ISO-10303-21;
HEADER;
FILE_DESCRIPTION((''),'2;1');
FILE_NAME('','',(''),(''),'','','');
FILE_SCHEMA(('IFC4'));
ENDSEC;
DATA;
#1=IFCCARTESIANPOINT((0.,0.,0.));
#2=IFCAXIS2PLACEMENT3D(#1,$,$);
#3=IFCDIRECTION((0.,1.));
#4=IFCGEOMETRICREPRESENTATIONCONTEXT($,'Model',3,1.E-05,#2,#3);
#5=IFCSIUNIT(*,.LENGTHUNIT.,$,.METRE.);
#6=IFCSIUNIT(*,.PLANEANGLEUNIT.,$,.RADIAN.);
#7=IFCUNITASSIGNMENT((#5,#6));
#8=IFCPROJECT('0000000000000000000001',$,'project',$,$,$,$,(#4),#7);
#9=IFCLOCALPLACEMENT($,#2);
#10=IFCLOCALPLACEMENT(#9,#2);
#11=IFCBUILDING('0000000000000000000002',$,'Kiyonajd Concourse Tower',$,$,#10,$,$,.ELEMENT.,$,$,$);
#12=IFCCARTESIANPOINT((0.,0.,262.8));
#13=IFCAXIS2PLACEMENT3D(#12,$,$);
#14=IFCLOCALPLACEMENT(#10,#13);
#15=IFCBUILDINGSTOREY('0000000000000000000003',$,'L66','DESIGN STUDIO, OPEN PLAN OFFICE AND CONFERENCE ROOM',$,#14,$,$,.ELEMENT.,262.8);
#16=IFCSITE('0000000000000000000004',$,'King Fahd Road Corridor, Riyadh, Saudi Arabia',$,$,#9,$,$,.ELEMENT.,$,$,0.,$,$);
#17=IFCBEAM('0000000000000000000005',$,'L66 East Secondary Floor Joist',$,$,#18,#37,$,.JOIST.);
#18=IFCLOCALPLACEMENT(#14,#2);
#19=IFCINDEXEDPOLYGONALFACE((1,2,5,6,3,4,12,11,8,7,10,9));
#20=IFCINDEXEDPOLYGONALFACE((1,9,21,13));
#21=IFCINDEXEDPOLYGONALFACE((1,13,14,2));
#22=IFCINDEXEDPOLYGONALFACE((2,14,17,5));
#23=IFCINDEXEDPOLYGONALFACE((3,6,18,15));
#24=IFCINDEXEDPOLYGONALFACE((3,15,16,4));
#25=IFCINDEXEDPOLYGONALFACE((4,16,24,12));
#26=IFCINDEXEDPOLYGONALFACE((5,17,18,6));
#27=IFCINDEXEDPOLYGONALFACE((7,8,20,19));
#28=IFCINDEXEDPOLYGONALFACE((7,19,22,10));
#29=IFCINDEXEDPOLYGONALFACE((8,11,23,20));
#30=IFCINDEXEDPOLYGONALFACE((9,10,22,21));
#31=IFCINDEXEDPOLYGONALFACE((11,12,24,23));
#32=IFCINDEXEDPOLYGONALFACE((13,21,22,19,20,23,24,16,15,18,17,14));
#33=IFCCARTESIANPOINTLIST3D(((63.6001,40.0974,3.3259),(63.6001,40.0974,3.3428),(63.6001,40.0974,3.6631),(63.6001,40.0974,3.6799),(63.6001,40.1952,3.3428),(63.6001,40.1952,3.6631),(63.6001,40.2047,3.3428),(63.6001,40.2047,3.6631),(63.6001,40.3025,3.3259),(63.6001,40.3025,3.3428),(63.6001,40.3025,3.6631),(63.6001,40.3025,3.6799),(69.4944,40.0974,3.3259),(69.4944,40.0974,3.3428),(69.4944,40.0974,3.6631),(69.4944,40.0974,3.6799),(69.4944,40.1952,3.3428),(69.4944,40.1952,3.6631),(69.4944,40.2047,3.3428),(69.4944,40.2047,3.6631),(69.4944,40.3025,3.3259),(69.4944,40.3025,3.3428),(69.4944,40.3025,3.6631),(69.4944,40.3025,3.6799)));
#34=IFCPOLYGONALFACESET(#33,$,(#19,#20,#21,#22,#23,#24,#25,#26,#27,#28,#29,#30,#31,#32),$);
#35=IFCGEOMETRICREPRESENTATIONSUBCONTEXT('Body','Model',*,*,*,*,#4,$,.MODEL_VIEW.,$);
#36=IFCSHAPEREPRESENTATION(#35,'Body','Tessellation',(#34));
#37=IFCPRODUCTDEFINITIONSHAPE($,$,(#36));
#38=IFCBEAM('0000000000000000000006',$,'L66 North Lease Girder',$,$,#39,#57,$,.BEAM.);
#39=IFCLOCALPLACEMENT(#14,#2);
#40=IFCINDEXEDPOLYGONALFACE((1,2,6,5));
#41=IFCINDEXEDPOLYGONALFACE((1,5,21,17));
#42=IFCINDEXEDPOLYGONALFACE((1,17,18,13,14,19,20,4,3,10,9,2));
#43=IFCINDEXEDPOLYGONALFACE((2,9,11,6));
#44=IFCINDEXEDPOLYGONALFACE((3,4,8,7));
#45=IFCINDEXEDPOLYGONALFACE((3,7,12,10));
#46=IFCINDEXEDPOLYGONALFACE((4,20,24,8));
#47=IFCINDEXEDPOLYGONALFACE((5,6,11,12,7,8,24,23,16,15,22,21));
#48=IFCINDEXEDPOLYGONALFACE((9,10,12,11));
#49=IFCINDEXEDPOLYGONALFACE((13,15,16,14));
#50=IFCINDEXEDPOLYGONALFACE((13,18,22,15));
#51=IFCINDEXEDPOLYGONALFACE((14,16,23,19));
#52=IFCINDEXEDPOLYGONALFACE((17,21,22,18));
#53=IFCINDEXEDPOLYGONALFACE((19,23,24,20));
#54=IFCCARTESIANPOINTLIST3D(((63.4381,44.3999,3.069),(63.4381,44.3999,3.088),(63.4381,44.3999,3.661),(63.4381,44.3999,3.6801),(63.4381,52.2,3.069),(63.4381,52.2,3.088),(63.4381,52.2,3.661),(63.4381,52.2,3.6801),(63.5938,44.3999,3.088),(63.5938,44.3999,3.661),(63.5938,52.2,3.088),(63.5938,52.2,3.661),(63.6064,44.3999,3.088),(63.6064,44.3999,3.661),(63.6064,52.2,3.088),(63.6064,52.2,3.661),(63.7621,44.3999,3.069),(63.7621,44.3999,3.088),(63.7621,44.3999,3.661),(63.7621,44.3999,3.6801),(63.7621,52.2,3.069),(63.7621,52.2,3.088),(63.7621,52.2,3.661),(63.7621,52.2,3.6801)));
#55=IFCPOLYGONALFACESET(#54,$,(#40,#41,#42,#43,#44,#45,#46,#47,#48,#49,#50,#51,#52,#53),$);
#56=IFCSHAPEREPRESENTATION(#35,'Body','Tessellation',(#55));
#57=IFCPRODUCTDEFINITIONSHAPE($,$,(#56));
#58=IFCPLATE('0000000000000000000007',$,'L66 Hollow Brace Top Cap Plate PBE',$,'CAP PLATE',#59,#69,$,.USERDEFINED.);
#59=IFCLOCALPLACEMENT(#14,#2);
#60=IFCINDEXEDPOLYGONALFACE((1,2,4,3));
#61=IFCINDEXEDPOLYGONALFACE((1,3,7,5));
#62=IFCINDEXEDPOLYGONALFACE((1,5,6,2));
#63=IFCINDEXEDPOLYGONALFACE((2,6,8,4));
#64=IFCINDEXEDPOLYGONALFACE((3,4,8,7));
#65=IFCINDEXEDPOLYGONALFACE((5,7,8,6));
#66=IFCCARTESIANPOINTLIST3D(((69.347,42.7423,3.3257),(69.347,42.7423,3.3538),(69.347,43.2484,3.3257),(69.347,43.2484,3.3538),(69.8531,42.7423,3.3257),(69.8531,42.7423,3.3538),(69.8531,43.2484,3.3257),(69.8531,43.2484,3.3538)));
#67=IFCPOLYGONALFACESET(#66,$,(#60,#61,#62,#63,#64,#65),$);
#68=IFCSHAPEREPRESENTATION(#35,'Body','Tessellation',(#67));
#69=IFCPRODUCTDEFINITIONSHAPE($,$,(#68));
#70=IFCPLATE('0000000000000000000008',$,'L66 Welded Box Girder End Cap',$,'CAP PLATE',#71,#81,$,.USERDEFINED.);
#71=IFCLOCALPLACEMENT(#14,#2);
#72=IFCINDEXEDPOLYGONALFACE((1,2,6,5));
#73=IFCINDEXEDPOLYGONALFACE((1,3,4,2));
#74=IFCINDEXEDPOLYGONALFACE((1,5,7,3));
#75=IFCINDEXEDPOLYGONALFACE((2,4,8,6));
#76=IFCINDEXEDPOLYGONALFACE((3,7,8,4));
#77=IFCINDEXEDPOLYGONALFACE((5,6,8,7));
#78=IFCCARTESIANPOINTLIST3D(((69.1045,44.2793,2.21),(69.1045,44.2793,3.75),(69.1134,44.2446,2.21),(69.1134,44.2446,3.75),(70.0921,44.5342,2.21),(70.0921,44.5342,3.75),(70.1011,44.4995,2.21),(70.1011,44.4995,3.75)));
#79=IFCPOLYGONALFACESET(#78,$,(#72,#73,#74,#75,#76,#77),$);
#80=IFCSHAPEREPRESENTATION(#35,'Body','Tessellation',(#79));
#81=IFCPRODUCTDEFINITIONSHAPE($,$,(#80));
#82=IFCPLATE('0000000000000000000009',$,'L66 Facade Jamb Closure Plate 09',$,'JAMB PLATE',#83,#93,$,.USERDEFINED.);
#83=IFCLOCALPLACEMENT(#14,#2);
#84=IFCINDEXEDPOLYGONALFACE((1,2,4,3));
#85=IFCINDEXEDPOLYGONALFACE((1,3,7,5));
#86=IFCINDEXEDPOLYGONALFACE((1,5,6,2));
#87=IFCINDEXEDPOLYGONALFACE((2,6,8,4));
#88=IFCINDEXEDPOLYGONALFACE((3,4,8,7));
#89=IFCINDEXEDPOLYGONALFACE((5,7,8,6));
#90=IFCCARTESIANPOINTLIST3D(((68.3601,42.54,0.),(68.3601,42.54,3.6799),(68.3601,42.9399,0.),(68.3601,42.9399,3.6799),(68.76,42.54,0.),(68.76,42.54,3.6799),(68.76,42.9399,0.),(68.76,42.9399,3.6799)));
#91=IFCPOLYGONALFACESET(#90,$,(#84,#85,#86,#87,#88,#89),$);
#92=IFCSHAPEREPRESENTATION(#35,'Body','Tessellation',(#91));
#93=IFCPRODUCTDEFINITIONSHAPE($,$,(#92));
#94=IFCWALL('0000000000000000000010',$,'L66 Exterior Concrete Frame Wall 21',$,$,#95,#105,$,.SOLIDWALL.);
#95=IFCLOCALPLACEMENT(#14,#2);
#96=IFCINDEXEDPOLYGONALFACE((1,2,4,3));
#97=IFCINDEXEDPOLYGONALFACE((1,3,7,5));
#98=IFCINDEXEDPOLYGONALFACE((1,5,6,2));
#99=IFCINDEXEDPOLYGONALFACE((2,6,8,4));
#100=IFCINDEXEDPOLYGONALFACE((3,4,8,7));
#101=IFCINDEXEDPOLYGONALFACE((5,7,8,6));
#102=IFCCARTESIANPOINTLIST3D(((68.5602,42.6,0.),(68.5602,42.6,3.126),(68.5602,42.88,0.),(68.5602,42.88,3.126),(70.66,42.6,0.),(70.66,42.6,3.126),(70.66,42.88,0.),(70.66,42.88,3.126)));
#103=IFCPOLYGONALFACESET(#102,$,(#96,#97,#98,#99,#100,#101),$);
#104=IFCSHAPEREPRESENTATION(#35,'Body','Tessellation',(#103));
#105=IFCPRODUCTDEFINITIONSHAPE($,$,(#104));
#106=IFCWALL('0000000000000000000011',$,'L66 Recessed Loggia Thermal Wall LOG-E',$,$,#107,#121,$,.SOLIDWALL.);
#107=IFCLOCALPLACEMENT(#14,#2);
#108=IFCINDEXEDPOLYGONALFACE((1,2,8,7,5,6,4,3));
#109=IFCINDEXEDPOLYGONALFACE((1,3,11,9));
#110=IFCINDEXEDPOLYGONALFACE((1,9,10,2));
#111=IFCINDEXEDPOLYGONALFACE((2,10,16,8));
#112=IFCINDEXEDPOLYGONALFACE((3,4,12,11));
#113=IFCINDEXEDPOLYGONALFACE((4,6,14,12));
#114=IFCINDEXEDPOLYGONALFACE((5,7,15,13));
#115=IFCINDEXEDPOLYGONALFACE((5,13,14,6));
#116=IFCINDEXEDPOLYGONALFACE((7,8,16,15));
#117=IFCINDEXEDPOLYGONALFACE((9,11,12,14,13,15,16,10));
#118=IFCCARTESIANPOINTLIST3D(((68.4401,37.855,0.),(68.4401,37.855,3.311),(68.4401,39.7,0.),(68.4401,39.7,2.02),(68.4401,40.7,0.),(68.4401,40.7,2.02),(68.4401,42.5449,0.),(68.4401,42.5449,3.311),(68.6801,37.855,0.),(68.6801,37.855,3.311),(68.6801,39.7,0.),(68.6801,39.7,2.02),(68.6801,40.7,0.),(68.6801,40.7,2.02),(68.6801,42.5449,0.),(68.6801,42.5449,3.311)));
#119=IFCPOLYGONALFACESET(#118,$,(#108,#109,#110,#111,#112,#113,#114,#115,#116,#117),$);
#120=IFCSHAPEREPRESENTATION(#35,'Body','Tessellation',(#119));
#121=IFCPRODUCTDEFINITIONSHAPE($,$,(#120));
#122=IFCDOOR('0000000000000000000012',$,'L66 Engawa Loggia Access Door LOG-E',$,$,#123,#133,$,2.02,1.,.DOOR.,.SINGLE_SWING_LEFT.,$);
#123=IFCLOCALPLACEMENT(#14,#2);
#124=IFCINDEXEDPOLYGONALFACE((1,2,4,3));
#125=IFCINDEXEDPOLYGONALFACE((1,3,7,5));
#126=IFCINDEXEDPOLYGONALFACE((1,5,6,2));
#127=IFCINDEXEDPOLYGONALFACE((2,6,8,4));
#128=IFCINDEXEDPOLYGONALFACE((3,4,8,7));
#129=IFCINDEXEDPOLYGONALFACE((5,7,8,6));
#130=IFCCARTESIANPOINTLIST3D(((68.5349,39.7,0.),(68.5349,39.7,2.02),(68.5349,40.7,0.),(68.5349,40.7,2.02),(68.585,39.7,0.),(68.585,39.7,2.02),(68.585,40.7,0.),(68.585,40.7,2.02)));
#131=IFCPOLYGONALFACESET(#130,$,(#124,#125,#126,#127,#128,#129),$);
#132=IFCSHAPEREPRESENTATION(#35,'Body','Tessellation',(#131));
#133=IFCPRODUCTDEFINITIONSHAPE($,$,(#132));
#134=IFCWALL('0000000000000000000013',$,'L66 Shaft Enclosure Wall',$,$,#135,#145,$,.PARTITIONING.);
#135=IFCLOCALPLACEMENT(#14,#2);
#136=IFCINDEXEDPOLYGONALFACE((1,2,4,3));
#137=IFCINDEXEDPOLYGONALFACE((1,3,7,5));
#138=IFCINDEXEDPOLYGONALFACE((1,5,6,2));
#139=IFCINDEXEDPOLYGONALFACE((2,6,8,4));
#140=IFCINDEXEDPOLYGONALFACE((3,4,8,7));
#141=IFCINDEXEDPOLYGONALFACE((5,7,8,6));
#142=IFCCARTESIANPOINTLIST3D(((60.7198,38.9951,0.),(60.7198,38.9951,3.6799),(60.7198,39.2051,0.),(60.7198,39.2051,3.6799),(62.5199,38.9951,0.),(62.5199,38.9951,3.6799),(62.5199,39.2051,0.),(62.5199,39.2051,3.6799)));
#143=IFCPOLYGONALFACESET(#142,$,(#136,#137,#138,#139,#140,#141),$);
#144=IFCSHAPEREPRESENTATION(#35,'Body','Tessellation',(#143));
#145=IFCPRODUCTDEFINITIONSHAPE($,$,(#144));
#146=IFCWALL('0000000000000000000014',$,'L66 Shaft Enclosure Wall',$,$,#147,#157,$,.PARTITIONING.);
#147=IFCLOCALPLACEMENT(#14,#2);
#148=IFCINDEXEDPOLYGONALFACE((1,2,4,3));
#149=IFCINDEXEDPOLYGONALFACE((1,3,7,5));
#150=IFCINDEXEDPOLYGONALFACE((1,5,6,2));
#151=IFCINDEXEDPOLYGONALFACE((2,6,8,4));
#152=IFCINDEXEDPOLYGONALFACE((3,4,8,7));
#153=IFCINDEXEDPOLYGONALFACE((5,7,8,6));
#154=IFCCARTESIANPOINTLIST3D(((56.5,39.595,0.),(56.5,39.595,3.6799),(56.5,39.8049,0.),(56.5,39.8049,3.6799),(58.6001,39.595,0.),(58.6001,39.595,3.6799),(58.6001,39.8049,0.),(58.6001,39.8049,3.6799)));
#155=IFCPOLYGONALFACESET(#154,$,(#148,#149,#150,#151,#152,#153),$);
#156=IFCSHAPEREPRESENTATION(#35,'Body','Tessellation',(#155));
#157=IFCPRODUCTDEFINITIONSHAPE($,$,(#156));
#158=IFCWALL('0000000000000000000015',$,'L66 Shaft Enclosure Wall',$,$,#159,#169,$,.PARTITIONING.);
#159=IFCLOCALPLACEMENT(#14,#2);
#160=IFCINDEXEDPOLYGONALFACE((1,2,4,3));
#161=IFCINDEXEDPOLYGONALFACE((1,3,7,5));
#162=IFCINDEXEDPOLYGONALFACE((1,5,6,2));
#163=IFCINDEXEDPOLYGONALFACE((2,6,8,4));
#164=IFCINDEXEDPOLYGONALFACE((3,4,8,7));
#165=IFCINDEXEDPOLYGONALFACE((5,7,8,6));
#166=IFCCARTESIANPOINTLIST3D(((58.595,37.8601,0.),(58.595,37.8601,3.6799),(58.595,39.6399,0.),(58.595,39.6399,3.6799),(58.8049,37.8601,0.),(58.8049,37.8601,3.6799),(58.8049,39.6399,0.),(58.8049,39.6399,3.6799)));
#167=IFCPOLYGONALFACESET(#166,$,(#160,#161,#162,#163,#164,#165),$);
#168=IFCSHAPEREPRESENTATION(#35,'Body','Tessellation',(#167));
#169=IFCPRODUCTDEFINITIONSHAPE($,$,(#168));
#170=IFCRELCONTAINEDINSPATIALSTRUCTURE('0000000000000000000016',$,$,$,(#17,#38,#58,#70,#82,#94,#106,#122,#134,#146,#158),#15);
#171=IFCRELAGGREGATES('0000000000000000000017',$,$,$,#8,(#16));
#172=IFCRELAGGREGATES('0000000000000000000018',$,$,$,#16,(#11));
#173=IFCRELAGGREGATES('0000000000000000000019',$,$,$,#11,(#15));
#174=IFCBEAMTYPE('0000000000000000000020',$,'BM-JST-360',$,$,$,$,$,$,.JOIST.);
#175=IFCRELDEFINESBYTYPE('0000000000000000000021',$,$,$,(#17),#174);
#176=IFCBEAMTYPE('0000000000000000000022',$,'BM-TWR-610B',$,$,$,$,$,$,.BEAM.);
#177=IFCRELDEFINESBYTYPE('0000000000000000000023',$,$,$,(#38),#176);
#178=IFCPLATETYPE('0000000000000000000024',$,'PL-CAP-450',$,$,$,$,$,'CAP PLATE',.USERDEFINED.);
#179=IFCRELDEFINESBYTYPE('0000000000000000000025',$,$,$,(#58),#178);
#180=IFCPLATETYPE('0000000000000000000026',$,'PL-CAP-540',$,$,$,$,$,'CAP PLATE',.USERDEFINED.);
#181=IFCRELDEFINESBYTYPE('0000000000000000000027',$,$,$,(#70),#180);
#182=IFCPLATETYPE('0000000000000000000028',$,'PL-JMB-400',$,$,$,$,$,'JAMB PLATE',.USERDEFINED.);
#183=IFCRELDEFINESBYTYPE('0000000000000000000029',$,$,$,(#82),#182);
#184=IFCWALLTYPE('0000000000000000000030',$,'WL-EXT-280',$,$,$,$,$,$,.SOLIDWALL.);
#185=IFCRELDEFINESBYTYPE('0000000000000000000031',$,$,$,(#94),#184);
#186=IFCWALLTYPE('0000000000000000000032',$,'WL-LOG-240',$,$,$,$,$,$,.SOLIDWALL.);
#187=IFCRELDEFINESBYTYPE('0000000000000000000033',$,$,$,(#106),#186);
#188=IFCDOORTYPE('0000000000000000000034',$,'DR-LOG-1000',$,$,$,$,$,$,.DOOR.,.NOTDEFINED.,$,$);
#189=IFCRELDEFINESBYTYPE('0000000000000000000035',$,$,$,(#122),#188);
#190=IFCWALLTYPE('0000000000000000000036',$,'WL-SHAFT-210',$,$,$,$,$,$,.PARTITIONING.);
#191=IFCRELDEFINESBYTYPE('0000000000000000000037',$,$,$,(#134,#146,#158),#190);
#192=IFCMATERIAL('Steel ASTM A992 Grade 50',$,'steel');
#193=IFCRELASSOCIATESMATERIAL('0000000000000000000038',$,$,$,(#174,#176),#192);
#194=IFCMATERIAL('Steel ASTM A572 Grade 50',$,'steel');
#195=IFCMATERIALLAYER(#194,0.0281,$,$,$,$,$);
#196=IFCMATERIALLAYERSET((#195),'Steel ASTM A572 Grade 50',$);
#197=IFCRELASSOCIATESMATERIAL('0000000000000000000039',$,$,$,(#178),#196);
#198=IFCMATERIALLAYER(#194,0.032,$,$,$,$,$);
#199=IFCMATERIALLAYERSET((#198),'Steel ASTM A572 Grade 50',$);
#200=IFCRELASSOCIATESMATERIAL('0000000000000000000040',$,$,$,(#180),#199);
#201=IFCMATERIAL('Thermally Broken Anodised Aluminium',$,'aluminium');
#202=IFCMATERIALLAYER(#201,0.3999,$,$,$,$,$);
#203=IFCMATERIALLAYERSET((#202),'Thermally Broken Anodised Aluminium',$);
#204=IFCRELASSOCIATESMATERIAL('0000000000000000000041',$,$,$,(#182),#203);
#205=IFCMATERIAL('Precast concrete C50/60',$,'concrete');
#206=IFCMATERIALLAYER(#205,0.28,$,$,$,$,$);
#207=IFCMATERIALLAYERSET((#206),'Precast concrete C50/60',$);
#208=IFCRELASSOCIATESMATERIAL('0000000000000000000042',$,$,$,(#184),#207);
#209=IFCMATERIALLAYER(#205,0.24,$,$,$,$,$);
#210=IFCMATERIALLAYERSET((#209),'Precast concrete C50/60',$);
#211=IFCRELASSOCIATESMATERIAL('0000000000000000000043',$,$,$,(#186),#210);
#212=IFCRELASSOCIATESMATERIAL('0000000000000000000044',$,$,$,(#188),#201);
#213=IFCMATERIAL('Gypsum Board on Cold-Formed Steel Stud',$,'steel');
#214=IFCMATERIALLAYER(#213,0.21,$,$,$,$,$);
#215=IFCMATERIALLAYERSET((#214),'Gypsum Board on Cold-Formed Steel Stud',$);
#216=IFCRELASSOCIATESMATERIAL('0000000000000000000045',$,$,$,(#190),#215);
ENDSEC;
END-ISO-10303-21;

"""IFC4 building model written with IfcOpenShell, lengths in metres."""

from ifc_helpers import new_model, si_unit, direction, frame, frame_2d, origin, origin_2d, place, context, subcontext, project, spatial, rectangle, i_section, extrude, material, layer, layer_set, material_profile, profile_set, type_object, element, fill, save


model = new_model("IFC4")

# Units and contexts
model_context = context("Model", 3, precision=1e-05, world=origin(), true_north=direction((0.0, 1.0)))
body_context = subcontext(model_context, "Body", "Model", "MODEL_VIEW")
ifc_project = project(units=[si_unit("LENGTHUNIT", "METRE"), si_unit("PLANEANGLEUNIT", "RADIAN")], contexts=[model_context])

# Site, building, storey
site_placement = place(None, origin())
site = spatial("IfcSite", under=ifc_project, at=site_placement, Name="King Fahd Road Corridor, Riyadh, Saudi Arabia", CompositionType="ELEMENT", RefElevation=0.0)
building_placement = place(site_placement, origin())
building = spatial("IfcBuilding", under=site, at=building_placement, Name="Kiyonajd Concourse Tower", CompositionType="ELEMENT")
storey_placement = place(building_placement, frame((0.0, 0.0, 262.8)))
storey = spatial("IfcBuildingStorey", under=building, at=storey_placement, Name="L66", Description="DESIGN STUDIO, OPEN PLAN OFFICE AND CONFERENCE ROOM", CompositionType="ELEMENT", Elevation=262.8)

# Beams
ifc_material_1 = material(Name="Steel ASTM A992 Grade 50", Category="steel")
ifc_material_profile_1 = material_profile(ifc_material_1, i_section(OverallWidth=0.2051, OverallDepth=0.354, WebThickness=0.0095, FlangeThickness=0.0168, at=origin_2d()), Name="W360X79")
ifc_profile_set_1 = profile_set([ifc_material_profile_1], Name="Steel ASTM A992 Grade 50")
beam_type_1 = type_object("IfcBeamType", Name="BM-JST-360", PredefinedType="JOIST", material=ifc_profile_set_1)
beam_1_placement = place(storey_placement, frame((63.6001, 40.2, 3.5029), z_axis=(1.0, 0.0, 0.0), x_axis=(0.0, 1.0, 0.0)))
element("IfcBeam", 1, at=beam_1_placement, inside=storey, type_object=beam_type_1, Name="L66 East Secondary Floor Joist", PredefinedType="JOIST", context=body_context, shape_type="SweptSolid", body=[
    extrude(i_section(OverallWidth=0.2051, OverallDepth=0.354, WebThickness=0.0095, FlangeThickness=0.0168, at=origin_2d()), origin(), (0.0, 0.0, 1.0), 5.8943),
])
ifc_material_profile_2 = material_profile(ifc_material_1, i_section(OverallWidth=0.324, OverallDepth=0.6111, WebThickness=0.0127, FlangeThickness=0.019, at=origin_2d()), Name="W610X155")
ifc_profile_set_2 = profile_set([ifc_material_profile_2], Name="Steel ASTM A992 Grade 50")
beam_type_2 = type_object("IfcBeamType", Name="BM-TWR-610B", PredefinedType="BEAM", material=ifc_profile_set_2)
beam_2_placement = place(storey_placement, frame((63.6001, 44.3999, 3.3745), z_axis=(0.0, 1.0, 0.0), x_axis=(-1.0, 0.0, 0.0)))
element("IfcBeam", 2, at=beam_2_placement, inside=storey, type_object=beam_type_2, Name="L66 North Lease Girder", PredefinedType="BEAM", context=body_context, shape_type="SweptSolid", body=[
    extrude(i_section(OverallWidth=0.324, OverallDepth=0.6111, WebThickness=0.0127, FlangeThickness=0.019, at=origin_2d()), origin(), (0.0, 0.0, 1.0), 7.8),
])

# Plates
ifc_material_2 = material(Name="Steel ASTM A572 Grade 50", Category="steel")
ifc_layer_1 = layer(ifc_material_2, 0.0281)
ifc_layer_set_1 = layer_set([ifc_layer_1], Name="Steel ASTM A572 Grade 50")
plate_type_1 = type_object("IfcPlateType", Name="PL-CAP-450", ElementType="CAP PLATE", PredefinedType="USERDEFINED", material=ifc_layer_set_1)
plate_1_placement = place(storey_placement, frame((69.6001, 42.9954, 3.3257), z_axis=(0.0, 0.0, 1.0), x_axis=(1.0, 0.0, 0.0)))
element("IfcPlate", 3, at=plate_1_placement, inside=storey, type_object=plate_type_1, Name="L66 Hollow Brace Top Cap Plate PBE", ObjectType="CAP PLATE", PredefinedType="USERDEFINED", context=body_context, shape_type="SweptSolid", body=[
    extrude(rectangle(XDim=0.5061, YDim=0.5061, at=origin_2d()), origin(), (0.0, 0.0, 1.0), 0.0281),
])
ifc_layer_2 = layer(ifc_material_2, 0.032)
ifc_layer_set_2 = layer_set([ifc_layer_2], Name="Steel ASTM A572 Grade 50")
plate_type_2 = type_object("IfcPlateType", Name="PL-CAP-540", ElementType="CAP PLATE", PredefinedType="USERDEFINED", material=ifc_layer_set_2)
plate_2_placement = place(storey_placement, frame((69.6028, 44.3894, 2.21), z_axis=(0.0, 0.0, 1.0), x_axis=(0.249873, -0.968279, 0.0)))
element("IfcPlate", 4, at=plate_2_placement, inside=storey, type_object=plate_type_2, Name="L66 Welded Box Girder End Cap", ObjectType="CAP PLATE", PredefinedType="USERDEFINED", context=body_context, shape_type="SweptSolid", body=[
    extrude(rectangle(XDim=0.0359, YDim=1.02, at=origin_2d()), origin(), (0.0, 0.0, 1.0), 1.54),
])
ifc_material_3 = material(Name="Thermally Broken Anodised Aluminium", Category="aluminium")
ifc_layer_3 = layer(ifc_material_3, 0.3999)
ifc_layer_set_3 = layer_set([ifc_layer_3], Name="Thermally Broken Anodised Aluminium")
plate_type_3 = type_object("IfcPlateType", Name="PL-JMB-400", ElementType="JAMB PLATE", PredefinedType="USERDEFINED", material=ifc_layer_set_3)
plate_3_placement = place(storey_placement, frame((68.5601, 42.74, 0.0), z_axis=(0.0, 0.0, 1.0), x_axis=(1.0, 0.0, 0.0)))
element("IfcPlate", 5, at=plate_3_placement, inside=storey, type_object=plate_type_3, Name="L66 Facade Jamb Closure Plate 09", ObjectType="JAMB PLATE", PredefinedType="USERDEFINED", context=body_context, shape_type="SweptSolid", body=[
    extrude(rectangle(XDim=0.3999, YDim=0.3999, at=origin_2d()), origin(), (0.0, 0.0, 1.0), 3.6799),
])

# Wall
ifc_material_4 = material(Name="Precast concrete C50/60", Category="concrete")
ifc_layer_4 = layer(ifc_material_4, 0.28)
ifc_layer_set_4 = layer_set([ifc_layer_4], Name="Precast concrete C50/60")
wall_type_1 = type_object("IfcWallType", Name="WL-EXT-280", PredefinedType="SOLIDWALL", material=ifc_layer_set_4)
wall_1_placement = place(storey_placement, frame((70.6599, 42.74, 0.0), z_axis=(0.0, 0.0, 1.0), x_axis=(-1.0, 0.0, 0.0)))
element("IfcWall", 6, at=wall_1_placement, inside=storey, type_object=wall_type_1, Name="L66 Exterior Concrete Frame Wall 21", PredefinedType="SOLIDWALL", context=body_context, shape_type="SweptSolid", body=[
    extrude(rectangle(XDim=2.0999, YDim=0.28, at=frame_2d((1.0498, 0.0))), origin(), (0.0, 0.0, 1.0), 3.126),
])

# Wall, opening, door
ifc_layer_5 = layer(ifc_material_4, 0.24)
ifc_layer_set_5 = layer_set([ifc_layer_5], Name="Precast concrete C50/60")
wall_type_2 = type_object("IfcWallType", Name="WL-LOG-240", PredefinedType="SOLIDWALL", material=ifc_layer_set_5)
wall_2_placement = place(storey_placement, frame((68.5601, 42.5449, 0.0), z_axis=(0.0, 0.0, 1.0), x_axis=(0.0, -1.0, 0.0)))
wall_2 = element("IfcWall", 7, at=wall_2_placement, inside=storey, type_object=wall_type_2, Name="L66 Recessed Loggia Thermal Wall LOG-E", PredefinedType="SOLIDWALL", context=body_context, shape_type="SweptSolid", body=[
    extrude(rectangle(XDim=4.6899, YDim=0.24, at=frame_2d((2.345, 0.0))), origin(), (0.0, 0.0, 1.0), 3.311),
])
opening_1_placement = place(wall_2_placement, frame((1.845, 0.0, 0.0)))
opening_1 = element("IfcOpeningElement", 8, at=opening_1_placement, cuts=wall_2, PredefinedType="OPENING", context=body_context, shape_type="SweptSolid", body=[
    extrude(rectangle(XDim=1.0, YDim=2.02, at=frame_2d((0.5, 1.01))), frame((0.0, 0.1299, 0.0), z_axis=(0.0, -1.0, 0.0), x_axis=(1.0, 0.0, 0.0)), (0.0, 0.0, 1.0), 0.26),
])
door_type_1 = type_object("IfcDoorType", Name="DR-LOG-1000", OperationType="NOTDEFINED", PredefinedType="DOOR", material=ifc_material_3)
door_1_placement = place(opening_1_placement, origin())
door_1 = element("IfcDoor", 9, at=door_1_placement, inside=storey, type_object=door_type_1, Name="L66 Engawa Loggia Access Door LOG-E", OperationType="SINGLE_SWING_LEFT", OverallHeight=2.02, OverallWidth=1.0, PredefinedType="DOOR", context=body_context, shape_type="SweptSolid", body=[
    extrude(rectangle(XDim=1.0, YDim=2.02, at=frame_2d((0.5, 1.01))), frame((0.0, 0.0249, 0.0), z_axis=(0.0, -1.0, 0.0), x_axis=(1.0, 0.0, 0.0)), (0.0, 0.0, 1.0), 0.05),
])
fill(opening_1, door_1)

# Walls
ifc_material_5 = material(Name="Gypsum Board on Cold-Formed Steel Stud", Category="steel")
ifc_layer_6 = layer(ifc_material_5, 0.21)
ifc_layer_set_6 = layer_set([ifc_layer_6], Name="Gypsum Board on Cold-Formed Steel Stud")
wall_type_3 = type_object("IfcWallType", Name="WL-SHAFT-210", PredefinedType="PARTITIONING", material=ifc_layer_set_6)
wall_3_placement = place(storey_placement, frame((60.72, 39.1001, 0.0), z_axis=(0.0, 0.0, 1.0), x_axis=(1.0, 0.0, 0.0)))
element("IfcWall", 10, at=wall_3_placement, inside=storey, type_object=wall_type_3, Name="L66 Shaft Enclosure Wall", PredefinedType="PARTITIONING", context=body_context, shape_type="SweptSolid", body=[
    extrude(rectangle(XDim=1.8, YDim=0.21, at=frame_2d((0.8999, 0.0))), origin(), (0.0, 0.0, 1.0), 3.6799),
])
wall_4_placement = place(storey_placement, frame((56.5, 39.7, 0.0), z_axis=(0.0, 0.0, 1.0), x_axis=(1.0, 0.0, 0.0)))
element("IfcWall", 11, at=wall_4_placement, inside=storey, type_object=wall_type_3, Name="L66 Shaft Enclosure Wall", PredefinedType="PARTITIONING", context=body_context, shape_type="SweptSolid", body=[
    extrude(rectangle(XDim=2.1001, YDim=0.21, at=frame_2d((1.05, 0.0))), origin(), (0.0, 0.0, 1.0), 3.6799),
])
wall_5_placement = place(storey_placement, frame((58.7, 37.8601, 0.0), z_axis=(0.0, 0.0, 1.0), x_axis=(0.0, 1.0, 0.0)))
element("IfcWall", 12, at=wall_5_placement, inside=storey, type_object=wall_type_3, Name="L66 Shaft Enclosure Wall", PredefinedType="PARTITIONING", context=body_context, shape_type="SweptSolid", body=[
    extrude(rectangle(XDim=1.7798, YDim=0.21, at=frame_2d((0.8899, 0.0))), origin(), (0.0, 0.0, 1.0), 3.6799),
])

save(model, "model.ifc")
